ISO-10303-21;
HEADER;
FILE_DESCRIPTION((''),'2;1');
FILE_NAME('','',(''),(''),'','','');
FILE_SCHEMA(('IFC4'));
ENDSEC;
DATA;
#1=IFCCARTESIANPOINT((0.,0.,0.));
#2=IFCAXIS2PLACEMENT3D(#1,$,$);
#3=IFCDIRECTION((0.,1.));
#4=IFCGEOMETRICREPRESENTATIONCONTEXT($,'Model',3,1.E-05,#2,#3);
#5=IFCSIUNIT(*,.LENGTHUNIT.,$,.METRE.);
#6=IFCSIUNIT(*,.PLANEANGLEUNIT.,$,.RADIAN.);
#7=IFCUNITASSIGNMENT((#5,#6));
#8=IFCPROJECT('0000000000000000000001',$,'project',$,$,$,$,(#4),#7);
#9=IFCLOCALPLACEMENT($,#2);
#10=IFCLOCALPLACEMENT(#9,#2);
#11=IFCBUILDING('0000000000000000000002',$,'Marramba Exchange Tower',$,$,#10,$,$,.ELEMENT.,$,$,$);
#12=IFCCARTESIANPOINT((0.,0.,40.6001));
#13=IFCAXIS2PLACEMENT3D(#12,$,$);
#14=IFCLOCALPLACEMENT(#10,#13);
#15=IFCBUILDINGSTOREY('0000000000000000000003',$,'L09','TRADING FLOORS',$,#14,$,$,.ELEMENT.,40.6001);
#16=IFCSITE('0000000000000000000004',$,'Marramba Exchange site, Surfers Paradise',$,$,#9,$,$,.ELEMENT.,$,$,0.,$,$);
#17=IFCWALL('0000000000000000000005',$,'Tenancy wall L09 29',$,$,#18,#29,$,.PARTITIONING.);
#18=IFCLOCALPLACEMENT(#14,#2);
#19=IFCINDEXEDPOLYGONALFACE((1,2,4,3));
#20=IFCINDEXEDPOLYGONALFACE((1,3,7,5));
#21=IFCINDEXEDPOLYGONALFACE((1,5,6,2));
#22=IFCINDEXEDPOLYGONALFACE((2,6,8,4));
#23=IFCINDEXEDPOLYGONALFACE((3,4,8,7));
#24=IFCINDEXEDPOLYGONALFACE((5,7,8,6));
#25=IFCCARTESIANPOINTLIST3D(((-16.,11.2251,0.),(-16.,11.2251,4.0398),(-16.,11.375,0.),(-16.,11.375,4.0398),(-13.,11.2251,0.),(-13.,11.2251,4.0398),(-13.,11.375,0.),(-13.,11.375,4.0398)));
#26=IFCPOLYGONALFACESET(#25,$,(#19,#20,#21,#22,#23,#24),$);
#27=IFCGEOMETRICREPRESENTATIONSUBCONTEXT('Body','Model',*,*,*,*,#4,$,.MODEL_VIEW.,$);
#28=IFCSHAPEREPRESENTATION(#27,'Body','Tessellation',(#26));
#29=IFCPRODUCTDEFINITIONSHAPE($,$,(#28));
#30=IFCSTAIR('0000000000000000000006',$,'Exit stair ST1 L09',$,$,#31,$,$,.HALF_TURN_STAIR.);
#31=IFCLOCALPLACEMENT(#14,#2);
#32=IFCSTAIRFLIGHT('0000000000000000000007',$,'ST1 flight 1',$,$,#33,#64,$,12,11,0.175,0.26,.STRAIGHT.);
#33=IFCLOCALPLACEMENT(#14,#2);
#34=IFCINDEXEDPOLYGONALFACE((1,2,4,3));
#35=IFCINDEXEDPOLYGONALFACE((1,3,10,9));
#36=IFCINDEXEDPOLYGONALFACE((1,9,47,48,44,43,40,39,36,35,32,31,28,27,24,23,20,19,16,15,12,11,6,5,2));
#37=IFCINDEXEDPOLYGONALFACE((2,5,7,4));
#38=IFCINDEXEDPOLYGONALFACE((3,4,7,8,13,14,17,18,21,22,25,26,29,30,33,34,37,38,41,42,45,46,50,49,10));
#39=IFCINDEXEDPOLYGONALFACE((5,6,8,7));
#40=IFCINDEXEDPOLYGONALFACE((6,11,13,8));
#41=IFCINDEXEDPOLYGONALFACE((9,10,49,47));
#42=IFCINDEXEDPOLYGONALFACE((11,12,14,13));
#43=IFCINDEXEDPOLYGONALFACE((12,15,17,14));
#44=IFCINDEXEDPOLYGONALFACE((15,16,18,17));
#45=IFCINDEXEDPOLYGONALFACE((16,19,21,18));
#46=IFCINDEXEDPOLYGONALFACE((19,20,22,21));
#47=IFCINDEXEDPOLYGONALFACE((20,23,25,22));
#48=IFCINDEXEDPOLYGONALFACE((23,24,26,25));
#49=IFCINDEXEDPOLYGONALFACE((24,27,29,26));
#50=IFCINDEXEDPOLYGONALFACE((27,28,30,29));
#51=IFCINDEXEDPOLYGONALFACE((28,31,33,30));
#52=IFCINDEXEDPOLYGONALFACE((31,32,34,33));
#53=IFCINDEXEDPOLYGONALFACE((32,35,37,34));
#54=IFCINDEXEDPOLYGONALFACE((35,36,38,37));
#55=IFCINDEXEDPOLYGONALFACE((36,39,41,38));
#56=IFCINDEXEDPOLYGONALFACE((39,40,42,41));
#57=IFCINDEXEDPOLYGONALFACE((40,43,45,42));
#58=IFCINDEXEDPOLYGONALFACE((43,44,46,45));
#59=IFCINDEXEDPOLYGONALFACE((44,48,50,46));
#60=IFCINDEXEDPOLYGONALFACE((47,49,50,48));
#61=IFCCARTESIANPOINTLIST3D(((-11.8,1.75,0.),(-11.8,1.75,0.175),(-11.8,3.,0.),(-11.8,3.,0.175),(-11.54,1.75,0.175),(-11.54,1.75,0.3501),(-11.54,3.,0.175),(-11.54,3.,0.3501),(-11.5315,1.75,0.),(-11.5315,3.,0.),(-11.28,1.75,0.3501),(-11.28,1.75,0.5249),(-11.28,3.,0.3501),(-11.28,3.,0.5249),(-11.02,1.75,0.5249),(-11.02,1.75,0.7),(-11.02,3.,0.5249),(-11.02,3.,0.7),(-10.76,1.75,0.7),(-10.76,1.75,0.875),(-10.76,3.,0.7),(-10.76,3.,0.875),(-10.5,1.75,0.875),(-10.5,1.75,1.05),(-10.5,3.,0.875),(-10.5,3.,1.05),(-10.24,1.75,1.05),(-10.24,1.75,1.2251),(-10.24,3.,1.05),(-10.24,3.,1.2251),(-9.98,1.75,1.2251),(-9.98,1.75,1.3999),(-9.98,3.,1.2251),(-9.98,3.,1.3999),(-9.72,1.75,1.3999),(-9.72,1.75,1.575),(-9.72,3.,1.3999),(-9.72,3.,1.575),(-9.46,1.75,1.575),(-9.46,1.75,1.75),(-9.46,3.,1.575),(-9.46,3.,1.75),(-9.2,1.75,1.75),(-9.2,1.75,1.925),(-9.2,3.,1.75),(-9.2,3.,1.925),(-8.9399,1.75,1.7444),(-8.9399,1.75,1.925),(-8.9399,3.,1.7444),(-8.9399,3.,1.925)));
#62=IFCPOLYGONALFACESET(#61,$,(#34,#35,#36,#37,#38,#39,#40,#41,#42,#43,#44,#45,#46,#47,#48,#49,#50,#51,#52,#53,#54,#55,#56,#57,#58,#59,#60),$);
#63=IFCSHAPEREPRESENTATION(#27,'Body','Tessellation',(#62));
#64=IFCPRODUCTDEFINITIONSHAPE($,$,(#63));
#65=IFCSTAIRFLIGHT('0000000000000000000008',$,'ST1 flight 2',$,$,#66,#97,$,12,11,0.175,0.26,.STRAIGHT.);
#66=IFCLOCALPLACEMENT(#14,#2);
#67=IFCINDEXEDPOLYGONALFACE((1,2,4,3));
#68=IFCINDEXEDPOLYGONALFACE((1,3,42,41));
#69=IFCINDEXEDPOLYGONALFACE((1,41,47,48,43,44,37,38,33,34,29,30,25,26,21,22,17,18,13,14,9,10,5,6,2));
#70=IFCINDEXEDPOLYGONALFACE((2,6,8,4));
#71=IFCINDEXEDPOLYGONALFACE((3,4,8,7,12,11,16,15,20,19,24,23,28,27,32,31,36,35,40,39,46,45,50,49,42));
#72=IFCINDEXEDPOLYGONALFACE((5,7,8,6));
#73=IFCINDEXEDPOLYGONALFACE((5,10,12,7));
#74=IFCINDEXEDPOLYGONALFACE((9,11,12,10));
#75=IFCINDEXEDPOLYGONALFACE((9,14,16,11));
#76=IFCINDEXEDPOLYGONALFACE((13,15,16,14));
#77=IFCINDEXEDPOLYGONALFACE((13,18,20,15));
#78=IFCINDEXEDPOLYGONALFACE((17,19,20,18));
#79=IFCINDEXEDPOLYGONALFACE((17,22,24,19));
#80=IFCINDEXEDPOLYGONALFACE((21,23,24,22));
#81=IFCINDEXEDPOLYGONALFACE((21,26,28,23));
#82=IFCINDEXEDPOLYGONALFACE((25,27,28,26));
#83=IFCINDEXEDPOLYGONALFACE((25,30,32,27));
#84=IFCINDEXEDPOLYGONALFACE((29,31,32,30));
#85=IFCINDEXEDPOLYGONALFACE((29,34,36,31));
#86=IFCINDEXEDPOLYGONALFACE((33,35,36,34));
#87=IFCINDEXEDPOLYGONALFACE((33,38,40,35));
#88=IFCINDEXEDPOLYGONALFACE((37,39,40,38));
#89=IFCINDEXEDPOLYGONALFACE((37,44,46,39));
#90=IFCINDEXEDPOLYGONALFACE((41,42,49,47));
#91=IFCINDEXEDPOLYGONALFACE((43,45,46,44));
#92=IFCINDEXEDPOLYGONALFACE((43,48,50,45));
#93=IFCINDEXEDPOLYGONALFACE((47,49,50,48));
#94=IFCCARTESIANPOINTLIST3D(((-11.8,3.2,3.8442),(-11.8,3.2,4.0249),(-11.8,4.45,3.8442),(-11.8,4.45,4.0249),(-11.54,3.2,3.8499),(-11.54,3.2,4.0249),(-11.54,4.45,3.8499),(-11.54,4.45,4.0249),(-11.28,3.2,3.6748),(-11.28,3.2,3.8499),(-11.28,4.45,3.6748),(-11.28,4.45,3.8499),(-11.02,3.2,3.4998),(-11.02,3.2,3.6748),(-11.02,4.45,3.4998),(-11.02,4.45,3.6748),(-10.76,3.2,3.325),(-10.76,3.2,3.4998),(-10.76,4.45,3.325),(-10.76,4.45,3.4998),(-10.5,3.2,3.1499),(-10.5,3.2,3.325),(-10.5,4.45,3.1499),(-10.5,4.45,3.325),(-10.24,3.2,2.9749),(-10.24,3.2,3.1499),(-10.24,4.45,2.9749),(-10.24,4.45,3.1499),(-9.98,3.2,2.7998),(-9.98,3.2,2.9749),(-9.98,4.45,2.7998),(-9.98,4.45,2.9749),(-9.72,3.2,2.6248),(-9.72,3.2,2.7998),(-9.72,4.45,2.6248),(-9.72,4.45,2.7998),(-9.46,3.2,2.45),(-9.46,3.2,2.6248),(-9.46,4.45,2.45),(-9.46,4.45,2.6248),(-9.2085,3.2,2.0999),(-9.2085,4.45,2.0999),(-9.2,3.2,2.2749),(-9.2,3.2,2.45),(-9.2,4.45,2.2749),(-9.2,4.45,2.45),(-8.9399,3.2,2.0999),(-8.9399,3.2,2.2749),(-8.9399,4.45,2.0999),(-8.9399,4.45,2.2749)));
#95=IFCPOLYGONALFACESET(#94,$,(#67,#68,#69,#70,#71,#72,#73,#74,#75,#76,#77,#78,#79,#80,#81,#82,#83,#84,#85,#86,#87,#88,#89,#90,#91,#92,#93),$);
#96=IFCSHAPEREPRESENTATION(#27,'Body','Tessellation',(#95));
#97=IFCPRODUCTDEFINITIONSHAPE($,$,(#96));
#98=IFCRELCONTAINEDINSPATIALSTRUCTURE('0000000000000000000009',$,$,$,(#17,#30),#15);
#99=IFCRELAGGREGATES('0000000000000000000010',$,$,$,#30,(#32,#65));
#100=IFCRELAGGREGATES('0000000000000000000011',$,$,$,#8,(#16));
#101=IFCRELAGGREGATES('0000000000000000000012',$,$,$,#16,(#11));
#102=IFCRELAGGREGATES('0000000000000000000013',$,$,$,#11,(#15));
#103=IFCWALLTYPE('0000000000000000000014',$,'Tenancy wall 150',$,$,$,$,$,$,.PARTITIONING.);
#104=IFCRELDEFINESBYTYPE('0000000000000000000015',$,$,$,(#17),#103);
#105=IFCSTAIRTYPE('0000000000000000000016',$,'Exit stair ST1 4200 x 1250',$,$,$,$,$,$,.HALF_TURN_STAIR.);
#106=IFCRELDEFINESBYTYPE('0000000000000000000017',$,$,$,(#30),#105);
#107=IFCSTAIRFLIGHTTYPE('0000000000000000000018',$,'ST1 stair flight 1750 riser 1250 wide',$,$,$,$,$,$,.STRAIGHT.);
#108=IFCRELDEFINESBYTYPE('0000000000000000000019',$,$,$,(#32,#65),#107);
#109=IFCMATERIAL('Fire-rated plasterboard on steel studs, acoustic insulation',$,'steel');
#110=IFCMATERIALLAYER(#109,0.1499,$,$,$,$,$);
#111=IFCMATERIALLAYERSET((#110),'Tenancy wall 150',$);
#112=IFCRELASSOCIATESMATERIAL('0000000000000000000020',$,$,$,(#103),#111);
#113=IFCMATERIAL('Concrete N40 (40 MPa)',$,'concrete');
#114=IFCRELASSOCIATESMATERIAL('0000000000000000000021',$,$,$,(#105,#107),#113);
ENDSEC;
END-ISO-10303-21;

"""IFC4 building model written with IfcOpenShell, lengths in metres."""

from ifc_helpers import new_model, si_unit, direction, frame, frame_2d, origin, place, context, subcontext, project, spatial, polyline, rectangle, outline, extrude, material, layer, layer_set, type_object, element, aggregate, save


model = new_model("IFC4")

# Units and contexts
model_context = context("Model", 3, precision=1e-05, world=origin(), true_north=direction((0.0, 1.0)))
body_context = subcontext(model_context, "Body", "Model", "MODEL_VIEW")
ifc_project = project(units=[si_unit("LENGTHUNIT", "METRE"), si_unit("PLANEANGLEUNIT", "RADIAN")], contexts=[model_context])

# Site, building, storey
site_placement = place(None, origin())
site = spatial("IfcSite", under=ifc_project, at=site_placement, Name="Marramba Exchange site, Surfers Paradise", CompositionType="ELEMENT", RefElevation=0.0)
building_placement = place(site_placement, origin())
building = spatial("IfcBuilding", under=site, at=building_placement, Name="Marramba Exchange Tower", CompositionType="ELEMENT")
storey_placement = place(building_placement, frame((0.0, 0.0, 40.6001)))
storey = spatial("IfcBuildingStorey", under=building, at=storey_placement, Name="L09", Description="TRADING FLOORS", CompositionType="ELEMENT", Elevation=40.6001)

# Wall
ifc_material_1 = material(Name="Fire-rated plasterboard on steel studs, acoustic insulation", Category="steel")
ifc_layer_1 = layer(ifc_material_1, 0.1499)
ifc_layer_set_1 = layer_set([ifc_layer_1], Name="Tenancy wall 150")
wall_type_1 = type_object("IfcWallType", Name="Tenancy wall 150", PredefinedType="PARTITIONING", material=ifc_layer_set_1)
wall_1_placement = place(storey_placement, frame((-13.0, 11.3, 0.0), z_axis=(0.0, 0.0, 1.0), x_axis=(-1.0, 0.0, 0.0)))
element("IfcWall", 1, at=wall_1_placement, inside=storey, type_object=wall_type_1, Name="Tenancy wall L09 29", PredefinedType="PARTITIONING", context=body_context, shape_type="SweptSolid", body=[
    extrude(rectangle(XDim=3.0, YDim=0.1499, at=frame_2d((1.5, 0.0))), origin(), (0.0, 0.0, 1.0), 4.0398),
])

# Stair, stair flights
ifc_material_2 = material(Name="Concrete N40 (40 MPa)", Category="concrete")
stair_type = type_object("IfcStairType", Name="Exit stair ST1 4200 x 1250", PredefinedType="HALF_TURN_STAIR", material=ifc_material_2)
stair_placement = place(storey_placement, origin())
stair = element("IfcStair", 2, at=stair_placement, inside=storey, type_object=stair_type, Name="Exit stair ST1 L09", PredefinedType="HALF_TURN_STAIR")
stair_flight_type = type_object("IfcStairFlightType", Name="ST1 stair flight 1750 riser 1250 wide", PredefinedType="STRAIGHT", material=ifc_material_2)
stair_flight_1_placement = place(storey_placement, frame((-11.8, 2.375, 0.0), z_axis=(0.0, 0.0, 1.0), x_axis=(1.0, 0.0, 0.0)))
stair_flight_1 = element("IfcStairFlight", 3, at=stair_flight_1_placement, type_object=stair_flight_type, Name="ST1 flight 1", NumberOfRisers=12, NumberOfTreads=11, PredefinedType="STRAIGHT", RiserHeight=0.175, TreadLength=0.26, context=body_context, shape_type="SweptSolid", body=[
    extrude(outline(polyline([(0.0, 0.0), (0.0, 0.175), (0.26, 0.175), (0.26, 0.3501), (0.52, 0.3501), (0.52, 0.5249), (0.78, 0.5249), (0.78, 0.7), (1.04, 0.7), (1.04, 0.875), (1.3, 0.875), (1.3, 1.05), (1.5601, 1.05), (1.5601, 1.2251), (1.8201, 1.2251), (1.8201, 1.3999), (2.0801, 1.3999), (2.0801, 1.575), (2.3401, 1.575), (2.3401, 1.75), (2.6001, 1.75), (2.6001, 1.925), (2.8601, 1.925), (2.8601, 2.1001), (2.8601, 1.7444), (0.2686, 0.0), (0.0, 0.0)])), frame((0.0, 0.625, 0.0), z_axis=(0.0, -1.0, 0.0), x_axis=(1.0, 0.0, 0.0)), (0.0, 0.0, 1.0), 1.25),
])
stair_flight_2_placement = place(storey_placement, frame((-8.9399, 3.825, 2.0999), z_axis=(0.0, 0.0, 1.0), x_axis=(-1.0, 0.0, 0.0)))
stair_flight_2 = element("IfcStairFlight", 4, at=stair_flight_2_placement, type_object=stair_flight_type, Name="ST1 flight 2", NumberOfRisers=12, NumberOfTreads=11, PredefinedType="STRAIGHT", RiserHeight=0.175, TreadLength=0.26, context=body_context, shape_type="SweptSolid", body=[
    extrude(outline(polyline([(0.0, 0.0), (0.0, 0.175), (0.26, 0.175), (0.26, 0.3501), (0.52, 0.3501), (0.52, 0.5249), (0.78, 0.5249), (0.78, 0.7), (1.04, 0.7), (1.04, 0.875), (1.3, 0.875), (1.3, 1.05), (1.5601, 1.05), (1.5601, 1.2251), (1.8201, 1.2251), (1.8201, 1.3999), (2.0801, 1.3999), (2.0801, 1.575), (2.3401, 1.575), (2.3401, 1.75), (2.6001, 1.75), (2.6001, 1.925), (2.8601, 1.925), (2.8601, 2.1001), (2.8601, 1.7444), (0.2686, 0.0), (0.0, 0.0)])), frame((0.0, 0.625, 0.0), z_axis=(0.0, -1.0, 0.0), x_axis=(1.0, 0.0, 0.0)), (0.0, 0.0, 1.0), 1.25),
])
aggregate(stair, [stair_flight_1, stair_flight_2])

save(model, "model.ifc")
